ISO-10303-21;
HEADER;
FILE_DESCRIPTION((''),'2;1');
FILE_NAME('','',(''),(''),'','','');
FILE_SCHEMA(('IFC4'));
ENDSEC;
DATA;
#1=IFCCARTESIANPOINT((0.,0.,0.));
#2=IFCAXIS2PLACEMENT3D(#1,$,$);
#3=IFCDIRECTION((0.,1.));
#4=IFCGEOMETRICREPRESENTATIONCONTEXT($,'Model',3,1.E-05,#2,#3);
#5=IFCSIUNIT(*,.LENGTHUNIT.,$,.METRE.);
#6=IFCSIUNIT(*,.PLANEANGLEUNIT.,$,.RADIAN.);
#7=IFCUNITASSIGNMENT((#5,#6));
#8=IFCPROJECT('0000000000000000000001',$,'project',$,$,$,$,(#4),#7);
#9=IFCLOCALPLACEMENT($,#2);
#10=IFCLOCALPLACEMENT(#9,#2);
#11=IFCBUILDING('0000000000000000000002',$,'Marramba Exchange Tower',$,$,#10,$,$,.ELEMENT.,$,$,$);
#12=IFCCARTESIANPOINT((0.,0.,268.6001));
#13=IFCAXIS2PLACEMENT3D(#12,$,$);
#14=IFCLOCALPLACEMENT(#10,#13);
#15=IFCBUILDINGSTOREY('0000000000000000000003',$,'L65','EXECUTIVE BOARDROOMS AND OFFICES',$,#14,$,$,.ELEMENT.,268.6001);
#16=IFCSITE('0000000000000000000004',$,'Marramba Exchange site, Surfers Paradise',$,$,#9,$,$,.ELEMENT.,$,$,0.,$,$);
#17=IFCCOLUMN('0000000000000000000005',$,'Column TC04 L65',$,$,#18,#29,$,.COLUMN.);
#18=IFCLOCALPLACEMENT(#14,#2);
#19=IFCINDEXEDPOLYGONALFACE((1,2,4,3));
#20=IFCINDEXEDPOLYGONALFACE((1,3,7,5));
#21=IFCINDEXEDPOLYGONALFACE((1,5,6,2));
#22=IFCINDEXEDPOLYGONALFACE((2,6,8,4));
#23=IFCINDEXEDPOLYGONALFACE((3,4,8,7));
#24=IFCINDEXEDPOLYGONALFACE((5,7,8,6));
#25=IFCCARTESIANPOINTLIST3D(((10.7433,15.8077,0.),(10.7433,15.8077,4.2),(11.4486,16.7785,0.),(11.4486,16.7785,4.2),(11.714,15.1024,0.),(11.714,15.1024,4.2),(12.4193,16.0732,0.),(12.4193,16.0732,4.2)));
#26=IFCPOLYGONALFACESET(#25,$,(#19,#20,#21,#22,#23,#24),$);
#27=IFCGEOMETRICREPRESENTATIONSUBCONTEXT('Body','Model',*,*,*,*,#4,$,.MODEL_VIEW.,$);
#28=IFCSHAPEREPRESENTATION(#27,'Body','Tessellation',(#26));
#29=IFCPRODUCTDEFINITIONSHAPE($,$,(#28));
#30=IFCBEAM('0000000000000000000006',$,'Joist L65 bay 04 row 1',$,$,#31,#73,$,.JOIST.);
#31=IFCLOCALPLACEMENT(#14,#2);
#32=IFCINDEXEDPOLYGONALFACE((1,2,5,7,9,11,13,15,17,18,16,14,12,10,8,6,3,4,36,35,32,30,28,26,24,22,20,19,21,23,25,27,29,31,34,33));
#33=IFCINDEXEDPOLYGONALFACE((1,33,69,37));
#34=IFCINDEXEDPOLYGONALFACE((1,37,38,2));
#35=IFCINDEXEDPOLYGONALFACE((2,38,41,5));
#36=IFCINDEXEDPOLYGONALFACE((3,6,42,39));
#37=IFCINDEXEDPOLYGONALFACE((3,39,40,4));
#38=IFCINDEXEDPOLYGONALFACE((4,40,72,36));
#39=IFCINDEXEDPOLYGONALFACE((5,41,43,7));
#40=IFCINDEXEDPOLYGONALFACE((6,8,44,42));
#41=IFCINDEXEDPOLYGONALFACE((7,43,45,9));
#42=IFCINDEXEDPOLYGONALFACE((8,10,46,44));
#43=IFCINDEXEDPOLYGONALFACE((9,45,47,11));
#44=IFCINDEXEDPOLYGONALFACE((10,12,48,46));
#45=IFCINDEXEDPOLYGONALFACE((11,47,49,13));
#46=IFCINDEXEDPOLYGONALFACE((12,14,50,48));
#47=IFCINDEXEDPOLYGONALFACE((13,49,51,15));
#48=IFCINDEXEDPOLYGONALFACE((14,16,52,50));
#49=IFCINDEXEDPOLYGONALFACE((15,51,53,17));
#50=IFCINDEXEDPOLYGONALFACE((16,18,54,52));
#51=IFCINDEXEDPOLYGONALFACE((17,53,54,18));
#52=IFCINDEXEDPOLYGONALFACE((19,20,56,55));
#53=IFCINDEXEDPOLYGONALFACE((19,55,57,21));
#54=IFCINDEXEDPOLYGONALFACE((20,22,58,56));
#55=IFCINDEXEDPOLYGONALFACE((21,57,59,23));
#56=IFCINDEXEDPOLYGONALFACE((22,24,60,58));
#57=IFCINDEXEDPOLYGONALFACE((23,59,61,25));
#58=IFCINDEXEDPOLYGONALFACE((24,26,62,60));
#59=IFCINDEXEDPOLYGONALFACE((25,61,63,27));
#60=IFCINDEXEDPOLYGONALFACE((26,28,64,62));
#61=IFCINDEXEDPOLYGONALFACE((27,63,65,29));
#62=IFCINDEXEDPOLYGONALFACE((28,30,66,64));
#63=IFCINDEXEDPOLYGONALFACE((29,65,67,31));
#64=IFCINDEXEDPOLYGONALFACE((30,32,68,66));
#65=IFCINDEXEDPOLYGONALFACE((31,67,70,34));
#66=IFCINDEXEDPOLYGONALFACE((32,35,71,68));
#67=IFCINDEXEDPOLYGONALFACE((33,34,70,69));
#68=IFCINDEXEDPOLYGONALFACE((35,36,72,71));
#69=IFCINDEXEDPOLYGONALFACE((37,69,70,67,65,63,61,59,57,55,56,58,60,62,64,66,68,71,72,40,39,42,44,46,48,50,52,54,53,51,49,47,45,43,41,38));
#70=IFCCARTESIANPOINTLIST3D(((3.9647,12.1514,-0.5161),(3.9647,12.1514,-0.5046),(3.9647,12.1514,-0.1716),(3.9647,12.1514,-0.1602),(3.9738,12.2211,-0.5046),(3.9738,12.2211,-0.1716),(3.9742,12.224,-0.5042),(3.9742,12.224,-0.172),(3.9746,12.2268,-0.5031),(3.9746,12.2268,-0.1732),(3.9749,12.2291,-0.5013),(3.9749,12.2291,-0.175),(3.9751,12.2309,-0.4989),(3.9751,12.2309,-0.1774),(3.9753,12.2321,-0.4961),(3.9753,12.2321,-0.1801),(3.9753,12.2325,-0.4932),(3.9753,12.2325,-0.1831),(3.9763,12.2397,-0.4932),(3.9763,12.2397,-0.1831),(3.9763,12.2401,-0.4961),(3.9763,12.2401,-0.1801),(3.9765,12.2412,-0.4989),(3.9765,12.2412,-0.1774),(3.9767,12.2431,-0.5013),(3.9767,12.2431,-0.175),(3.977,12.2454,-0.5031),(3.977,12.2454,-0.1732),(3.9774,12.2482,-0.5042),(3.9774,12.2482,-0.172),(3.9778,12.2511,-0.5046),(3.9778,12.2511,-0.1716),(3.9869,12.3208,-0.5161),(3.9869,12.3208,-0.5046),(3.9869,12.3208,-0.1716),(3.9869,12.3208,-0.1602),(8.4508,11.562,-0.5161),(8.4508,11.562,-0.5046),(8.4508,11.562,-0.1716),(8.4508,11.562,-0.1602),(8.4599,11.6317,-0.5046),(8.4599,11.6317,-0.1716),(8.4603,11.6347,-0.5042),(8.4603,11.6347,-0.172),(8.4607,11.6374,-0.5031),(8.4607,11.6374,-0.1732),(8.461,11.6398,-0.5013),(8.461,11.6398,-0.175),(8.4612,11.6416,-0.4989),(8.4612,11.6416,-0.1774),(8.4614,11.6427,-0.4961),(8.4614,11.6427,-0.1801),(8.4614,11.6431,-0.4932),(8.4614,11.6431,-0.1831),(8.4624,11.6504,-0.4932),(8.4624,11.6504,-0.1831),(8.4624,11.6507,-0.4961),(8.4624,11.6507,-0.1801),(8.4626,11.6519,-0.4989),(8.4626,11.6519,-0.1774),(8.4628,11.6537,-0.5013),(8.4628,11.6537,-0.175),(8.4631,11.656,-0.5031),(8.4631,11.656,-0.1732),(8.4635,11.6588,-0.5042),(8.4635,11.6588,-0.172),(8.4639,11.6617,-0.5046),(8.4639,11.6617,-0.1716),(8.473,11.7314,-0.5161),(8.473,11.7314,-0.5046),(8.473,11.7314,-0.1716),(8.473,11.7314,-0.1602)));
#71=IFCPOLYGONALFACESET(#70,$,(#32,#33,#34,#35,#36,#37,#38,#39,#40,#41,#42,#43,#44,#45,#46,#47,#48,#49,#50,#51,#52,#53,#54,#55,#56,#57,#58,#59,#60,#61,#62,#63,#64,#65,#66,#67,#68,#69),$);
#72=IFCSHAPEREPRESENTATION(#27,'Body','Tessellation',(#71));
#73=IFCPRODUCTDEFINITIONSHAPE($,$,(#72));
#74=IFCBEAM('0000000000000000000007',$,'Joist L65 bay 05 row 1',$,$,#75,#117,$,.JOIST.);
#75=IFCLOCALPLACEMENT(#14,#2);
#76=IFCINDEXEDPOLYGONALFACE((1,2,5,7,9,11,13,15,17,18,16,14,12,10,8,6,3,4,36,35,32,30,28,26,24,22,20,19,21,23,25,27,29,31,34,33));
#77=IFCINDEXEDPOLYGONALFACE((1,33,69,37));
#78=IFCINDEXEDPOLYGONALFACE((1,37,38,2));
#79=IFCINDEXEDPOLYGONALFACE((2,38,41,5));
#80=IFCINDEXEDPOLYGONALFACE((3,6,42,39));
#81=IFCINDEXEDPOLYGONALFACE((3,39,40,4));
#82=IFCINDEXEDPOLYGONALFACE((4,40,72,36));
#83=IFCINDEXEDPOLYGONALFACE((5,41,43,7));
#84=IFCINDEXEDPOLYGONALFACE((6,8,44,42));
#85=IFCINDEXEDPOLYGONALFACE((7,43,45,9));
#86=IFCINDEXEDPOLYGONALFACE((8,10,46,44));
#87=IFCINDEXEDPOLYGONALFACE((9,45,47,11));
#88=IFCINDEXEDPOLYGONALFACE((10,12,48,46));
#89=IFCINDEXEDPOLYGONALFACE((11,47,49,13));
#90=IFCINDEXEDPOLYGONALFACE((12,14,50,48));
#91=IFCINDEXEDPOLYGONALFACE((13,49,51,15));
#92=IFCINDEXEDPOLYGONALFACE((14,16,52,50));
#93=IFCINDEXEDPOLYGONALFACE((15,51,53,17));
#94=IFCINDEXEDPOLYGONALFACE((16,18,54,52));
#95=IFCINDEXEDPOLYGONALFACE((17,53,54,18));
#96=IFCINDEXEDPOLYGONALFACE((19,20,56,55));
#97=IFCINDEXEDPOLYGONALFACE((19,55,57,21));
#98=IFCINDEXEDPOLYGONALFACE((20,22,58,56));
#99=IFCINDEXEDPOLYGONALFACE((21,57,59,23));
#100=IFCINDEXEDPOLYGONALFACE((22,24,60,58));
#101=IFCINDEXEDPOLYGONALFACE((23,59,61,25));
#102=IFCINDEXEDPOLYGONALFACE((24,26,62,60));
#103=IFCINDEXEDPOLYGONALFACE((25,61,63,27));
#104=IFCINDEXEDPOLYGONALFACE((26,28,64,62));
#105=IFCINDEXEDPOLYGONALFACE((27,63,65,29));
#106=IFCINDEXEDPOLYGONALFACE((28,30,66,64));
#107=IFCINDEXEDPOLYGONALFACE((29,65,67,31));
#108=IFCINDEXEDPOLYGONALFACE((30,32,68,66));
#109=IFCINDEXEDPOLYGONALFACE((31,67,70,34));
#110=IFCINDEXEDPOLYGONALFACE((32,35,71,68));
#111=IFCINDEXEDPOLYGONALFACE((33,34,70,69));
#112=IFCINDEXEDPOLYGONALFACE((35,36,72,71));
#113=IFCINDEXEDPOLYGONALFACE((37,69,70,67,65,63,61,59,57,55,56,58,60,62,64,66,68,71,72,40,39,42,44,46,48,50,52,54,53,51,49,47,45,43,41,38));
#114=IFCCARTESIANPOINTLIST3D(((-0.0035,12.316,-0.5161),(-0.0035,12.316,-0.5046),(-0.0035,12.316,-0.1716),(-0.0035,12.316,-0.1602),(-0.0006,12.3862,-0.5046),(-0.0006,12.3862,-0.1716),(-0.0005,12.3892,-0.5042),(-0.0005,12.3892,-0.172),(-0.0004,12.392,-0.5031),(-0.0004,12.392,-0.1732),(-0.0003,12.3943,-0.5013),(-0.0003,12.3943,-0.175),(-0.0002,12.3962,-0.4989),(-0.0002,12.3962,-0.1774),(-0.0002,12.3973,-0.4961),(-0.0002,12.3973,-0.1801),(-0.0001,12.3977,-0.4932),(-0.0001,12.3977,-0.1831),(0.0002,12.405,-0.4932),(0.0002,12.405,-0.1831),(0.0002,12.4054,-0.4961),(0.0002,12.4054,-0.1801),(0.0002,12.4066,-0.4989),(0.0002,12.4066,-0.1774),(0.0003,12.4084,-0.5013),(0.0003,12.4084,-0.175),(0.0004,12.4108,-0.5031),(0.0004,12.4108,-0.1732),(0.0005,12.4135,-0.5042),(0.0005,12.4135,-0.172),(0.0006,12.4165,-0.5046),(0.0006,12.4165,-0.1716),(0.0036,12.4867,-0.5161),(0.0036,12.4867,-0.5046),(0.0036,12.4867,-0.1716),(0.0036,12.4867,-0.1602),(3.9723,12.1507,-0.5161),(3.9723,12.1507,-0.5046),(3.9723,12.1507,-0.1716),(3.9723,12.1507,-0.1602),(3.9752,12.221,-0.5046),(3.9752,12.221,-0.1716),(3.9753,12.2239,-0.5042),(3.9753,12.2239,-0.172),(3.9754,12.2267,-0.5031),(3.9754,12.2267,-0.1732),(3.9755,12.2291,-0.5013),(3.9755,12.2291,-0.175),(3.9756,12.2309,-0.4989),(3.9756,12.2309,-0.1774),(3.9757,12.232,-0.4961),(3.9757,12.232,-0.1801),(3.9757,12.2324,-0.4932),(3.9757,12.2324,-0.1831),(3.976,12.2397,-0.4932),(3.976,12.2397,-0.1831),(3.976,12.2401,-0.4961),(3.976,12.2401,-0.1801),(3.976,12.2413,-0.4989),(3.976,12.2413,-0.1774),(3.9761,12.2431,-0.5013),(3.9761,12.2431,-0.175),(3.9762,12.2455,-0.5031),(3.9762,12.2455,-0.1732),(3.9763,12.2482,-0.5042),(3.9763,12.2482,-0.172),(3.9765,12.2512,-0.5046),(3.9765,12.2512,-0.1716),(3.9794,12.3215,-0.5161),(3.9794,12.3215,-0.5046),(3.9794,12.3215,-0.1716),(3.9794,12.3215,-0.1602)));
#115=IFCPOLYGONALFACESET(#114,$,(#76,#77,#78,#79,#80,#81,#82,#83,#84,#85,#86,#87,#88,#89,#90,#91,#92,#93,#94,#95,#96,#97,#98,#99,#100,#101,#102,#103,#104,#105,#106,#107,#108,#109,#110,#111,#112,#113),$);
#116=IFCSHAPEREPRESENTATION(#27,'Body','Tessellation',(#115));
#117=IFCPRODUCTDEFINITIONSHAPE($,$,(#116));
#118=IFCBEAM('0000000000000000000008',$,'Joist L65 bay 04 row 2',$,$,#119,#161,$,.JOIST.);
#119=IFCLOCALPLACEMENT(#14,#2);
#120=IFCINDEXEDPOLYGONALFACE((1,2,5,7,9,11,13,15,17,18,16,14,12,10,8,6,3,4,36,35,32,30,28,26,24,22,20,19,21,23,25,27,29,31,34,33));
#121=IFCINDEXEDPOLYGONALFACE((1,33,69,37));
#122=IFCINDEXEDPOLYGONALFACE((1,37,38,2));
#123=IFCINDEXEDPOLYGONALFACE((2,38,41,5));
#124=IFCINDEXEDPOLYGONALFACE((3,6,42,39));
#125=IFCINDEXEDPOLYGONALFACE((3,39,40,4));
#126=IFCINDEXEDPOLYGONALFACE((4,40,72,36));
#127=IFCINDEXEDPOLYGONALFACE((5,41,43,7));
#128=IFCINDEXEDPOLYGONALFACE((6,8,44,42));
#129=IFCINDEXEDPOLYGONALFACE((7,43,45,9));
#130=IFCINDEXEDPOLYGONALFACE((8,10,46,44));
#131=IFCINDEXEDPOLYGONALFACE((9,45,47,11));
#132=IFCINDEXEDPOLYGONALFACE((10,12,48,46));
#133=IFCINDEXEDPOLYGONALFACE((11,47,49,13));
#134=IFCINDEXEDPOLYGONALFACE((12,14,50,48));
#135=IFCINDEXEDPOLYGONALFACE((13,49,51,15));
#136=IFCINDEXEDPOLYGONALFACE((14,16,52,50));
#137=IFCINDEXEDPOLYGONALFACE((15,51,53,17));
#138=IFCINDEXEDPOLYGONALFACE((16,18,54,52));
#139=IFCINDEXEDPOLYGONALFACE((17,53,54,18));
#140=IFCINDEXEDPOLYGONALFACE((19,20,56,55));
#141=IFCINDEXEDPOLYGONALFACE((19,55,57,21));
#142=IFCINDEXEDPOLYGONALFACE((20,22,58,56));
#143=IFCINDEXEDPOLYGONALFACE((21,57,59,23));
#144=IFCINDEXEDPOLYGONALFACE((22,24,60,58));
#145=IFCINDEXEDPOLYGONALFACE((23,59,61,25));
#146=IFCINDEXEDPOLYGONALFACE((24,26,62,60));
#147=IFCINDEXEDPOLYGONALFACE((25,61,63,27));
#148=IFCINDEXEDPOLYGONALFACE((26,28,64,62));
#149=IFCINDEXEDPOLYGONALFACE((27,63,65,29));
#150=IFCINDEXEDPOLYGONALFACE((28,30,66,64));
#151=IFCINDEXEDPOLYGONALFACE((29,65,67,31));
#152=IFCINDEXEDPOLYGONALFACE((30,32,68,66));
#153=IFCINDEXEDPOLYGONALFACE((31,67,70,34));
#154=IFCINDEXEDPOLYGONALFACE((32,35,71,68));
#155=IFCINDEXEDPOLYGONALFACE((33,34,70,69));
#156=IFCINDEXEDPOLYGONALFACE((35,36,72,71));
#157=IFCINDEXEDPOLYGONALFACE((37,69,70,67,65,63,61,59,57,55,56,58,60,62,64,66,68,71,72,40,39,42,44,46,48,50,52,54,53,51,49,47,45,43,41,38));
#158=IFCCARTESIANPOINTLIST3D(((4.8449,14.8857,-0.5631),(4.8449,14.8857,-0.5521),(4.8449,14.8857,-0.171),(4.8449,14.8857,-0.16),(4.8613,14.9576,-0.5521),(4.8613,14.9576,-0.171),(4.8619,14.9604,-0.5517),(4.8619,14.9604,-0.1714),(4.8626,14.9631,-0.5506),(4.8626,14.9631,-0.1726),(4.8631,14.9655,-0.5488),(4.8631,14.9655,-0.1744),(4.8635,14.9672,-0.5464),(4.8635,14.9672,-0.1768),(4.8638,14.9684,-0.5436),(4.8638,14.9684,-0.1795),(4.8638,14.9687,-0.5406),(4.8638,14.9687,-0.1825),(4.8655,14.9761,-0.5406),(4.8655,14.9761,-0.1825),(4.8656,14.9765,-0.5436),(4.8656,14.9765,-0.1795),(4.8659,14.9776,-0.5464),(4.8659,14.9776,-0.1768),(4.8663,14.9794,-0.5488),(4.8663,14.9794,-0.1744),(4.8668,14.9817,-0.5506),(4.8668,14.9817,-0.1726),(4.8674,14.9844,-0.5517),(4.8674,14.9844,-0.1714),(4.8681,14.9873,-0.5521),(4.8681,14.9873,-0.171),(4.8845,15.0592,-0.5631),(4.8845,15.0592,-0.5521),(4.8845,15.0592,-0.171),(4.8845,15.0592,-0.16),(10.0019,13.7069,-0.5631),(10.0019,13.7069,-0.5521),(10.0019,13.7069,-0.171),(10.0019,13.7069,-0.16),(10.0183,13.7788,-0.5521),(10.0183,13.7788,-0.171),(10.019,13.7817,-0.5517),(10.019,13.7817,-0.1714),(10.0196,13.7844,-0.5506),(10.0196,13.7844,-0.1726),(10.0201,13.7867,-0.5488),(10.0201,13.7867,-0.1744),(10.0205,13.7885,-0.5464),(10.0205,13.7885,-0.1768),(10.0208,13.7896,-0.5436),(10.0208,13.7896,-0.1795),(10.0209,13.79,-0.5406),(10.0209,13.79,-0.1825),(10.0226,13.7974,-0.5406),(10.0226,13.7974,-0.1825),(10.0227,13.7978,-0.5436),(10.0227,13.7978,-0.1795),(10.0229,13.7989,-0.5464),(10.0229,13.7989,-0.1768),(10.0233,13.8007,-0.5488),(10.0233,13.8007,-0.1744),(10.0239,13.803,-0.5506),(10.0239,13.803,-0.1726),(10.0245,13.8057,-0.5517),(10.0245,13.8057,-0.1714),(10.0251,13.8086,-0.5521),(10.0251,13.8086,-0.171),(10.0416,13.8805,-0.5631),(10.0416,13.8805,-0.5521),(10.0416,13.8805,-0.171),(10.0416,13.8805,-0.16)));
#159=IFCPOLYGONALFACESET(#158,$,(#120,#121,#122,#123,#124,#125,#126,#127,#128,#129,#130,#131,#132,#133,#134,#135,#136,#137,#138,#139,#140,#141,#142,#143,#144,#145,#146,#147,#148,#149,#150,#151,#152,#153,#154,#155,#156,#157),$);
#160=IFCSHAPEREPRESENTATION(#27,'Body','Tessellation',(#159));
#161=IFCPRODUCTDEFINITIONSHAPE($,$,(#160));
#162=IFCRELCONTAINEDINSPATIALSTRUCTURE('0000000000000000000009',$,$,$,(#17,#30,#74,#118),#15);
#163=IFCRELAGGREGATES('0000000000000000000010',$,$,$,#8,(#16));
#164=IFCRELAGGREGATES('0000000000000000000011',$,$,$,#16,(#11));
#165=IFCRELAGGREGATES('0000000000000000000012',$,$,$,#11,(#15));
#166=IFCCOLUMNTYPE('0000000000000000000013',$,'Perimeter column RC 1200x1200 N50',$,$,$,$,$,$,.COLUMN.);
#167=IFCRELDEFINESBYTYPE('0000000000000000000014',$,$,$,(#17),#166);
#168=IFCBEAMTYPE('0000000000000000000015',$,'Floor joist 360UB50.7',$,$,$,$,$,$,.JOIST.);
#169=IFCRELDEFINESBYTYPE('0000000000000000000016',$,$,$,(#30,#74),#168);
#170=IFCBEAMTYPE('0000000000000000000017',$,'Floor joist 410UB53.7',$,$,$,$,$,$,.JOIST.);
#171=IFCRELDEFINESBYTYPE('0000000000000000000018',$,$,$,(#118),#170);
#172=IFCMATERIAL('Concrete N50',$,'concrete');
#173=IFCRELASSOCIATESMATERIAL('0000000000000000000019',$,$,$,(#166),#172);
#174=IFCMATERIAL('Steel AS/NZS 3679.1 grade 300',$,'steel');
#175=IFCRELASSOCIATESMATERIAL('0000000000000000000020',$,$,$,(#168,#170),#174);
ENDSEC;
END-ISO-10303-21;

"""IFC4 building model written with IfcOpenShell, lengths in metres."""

from ifc_helpers import new_model, si_unit, direction, frame, origin, origin_2d, place, context, subcontext, project, spatial, rectangle, i_section, extrude, material, material_profile, profile_set, type_object, element, save


model = new_model("IFC4")

# Units and contexts
model_context = context("Model", 3, precision=1e-05, world=origin(), true_north=direction((0.0, 1.0)))
body_context = subcontext(model_context, "Body", "Model", "MODEL_VIEW")
ifc_project = project(units=[si_unit("LENGTHUNIT", "METRE"), si_unit("PLANEANGLEUNIT", "RADIAN")], contexts=[model_context])

# Site, building, storey
site_placement = place(None, origin())
site = spatial("IfcSite", under=ifc_project, at=site_placement, Name="Marramba Exchange site, Surfers Paradise", CompositionType="ELEMENT", RefElevation=0.0)
building_placement = place(site_placement, origin())
building = spatial("IfcBuilding", under=site, at=building_placement, Name="Marramba Exchange Tower", CompositionType="ELEMENT")
storey_placement = place(building_placement, frame((0.0, 0.0, 268.6001)))
storey = spatial("IfcBuildingStorey", under=building, at=storey_placement, Name="L65", Description="EXECUTIVE BOARDROOMS AND OFFICES", CompositionType="ELEMENT", Elevation=268.6001)

# Column
ifc_material_1 = material(Name="Concrete N50", Category="concrete")
ifc_material_profile_1 = material_profile(ifc_material_1, rectangle(XDim=1.2, YDim=1.2, at=origin_2d()), Name="RC 1200x1200")
ifc_profile_set_1 = profile_set([ifc_material_profile_1], Name="Concrete N50")
column_type = type_object("IfcColumnType", Name="Perimeter column RC 1200x1200 N50", PredefinedType="COLUMN", material=ifc_profile_set_1)
column_placement = place(storey_placement, frame((11.5813, 15.9404, 0.0), z_axis=(0.0, 0.0, 1.0), x_axis=(0.587785, 0.809017, 0.0)))
element("IfcColumn", 1, at=column_placement, inside=storey, type_object=column_type, Name="Column TC04 L65", PredefinedType="COLUMN", context=body_context, shape_type="SweptSolid", body=[
    extrude(rectangle(XDim=1.2, YDim=1.2, at=origin_2d()), origin(), (0.0, 0.0, 1.0), 4.2),
])

# Beams
ifc_material_2 = material(Name="Steel AS/NZS 3679.1 grade 300", Category="steel")
ifc_material_profile_2 = material_profile(ifc_material_2, i_section(OverallWidth=0.1709, OverallDepth=0.356, WebThickness=0.0073, FlangeThickness=0.0115, FilletRadius=0.0115, at=origin_2d()), Name="360UB50.7")
ifc_profile_set_2 = profile_set([ifc_material_profile_2], Name="Steel AS/NZS 3679.1 grade 300")
beam_type_1 = type_object("IfcBeamType", Name="Floor joist 360UB50.7", PredefinedType="JOIST", material=ifc_profile_set_2)
beam_1_placement = place(storey_placement, frame((8.4619, 11.6467, -0.3381), z_axis=(-0.991481, 0.130255, 0.0), x_axis=(-0.130255, -0.991481, 0.0)))
element("IfcBeam", 2, at=beam_1_placement, inside=storey, type_object=beam_type_1, Name="Joist L65 bay 04 row 1", PredefinedType="JOIST", context=body_context, shape_type="SweptSolid", body=[
    extrude(i_section(OverallWidth=0.1709, OverallDepth=0.356, WebThickness=0.0073, FlangeThickness=0.0115, FilletRadius=0.0115, at=origin_2d()), origin(), (0.0, 0.0, 1.0), 4.5247),
])
beam_2_placement = place(storey_placement, frame((3.9758, 12.2361, -0.3381), z_axis=(-0.999137, 0.041536, 0.0), x_axis=(-0.041536, -0.999137, 0.0)))
element("IfcBeam", 3, at=beam_2_placement, inside=storey, type_object=beam_type_1, Name="Joist L65 bay 05 row 1", PredefinedType="JOIST", context=body_context, shape_type="SweptSolid", body=[
    extrude(i_section(OverallWidth=0.1709, OverallDepth=0.356, WebThickness=0.0073, FlangeThickness=0.0115, FilletRadius=0.0115, at=origin_2d()), origin(), (0.0, 0.0, 1.0), 3.9792),
])
ifc_material_profile_3 = material_profile(ifc_material_2, i_section(OverallWidth=0.178, OverallDepth=0.4031, WebThickness=0.0076, FlangeThickness=0.011, FilletRadius=0.0115, at=origin_2d()), Name="410UB53.7")
ifc_profile_set_3 = profile_set([ifc_material_profile_3], Name="Steel AS/NZS 3679.1 grade 300")
beam_type_2 = type_object("IfcBeamType", Name="Floor joist 410UB53.7", PredefinedType="JOIST", material=ifc_profile_set_3)
beam_3_placement = place(storey_placement, frame((10.0217, 13.7937, -0.3616), z_axis=(-0.97486, 0.22282, 0.0), x_axis=(-0.22282, -0.97486, 0.0)))
element("IfcBeam", 4, at=beam_3_placement, inside=storey, type_object=beam_type_2, Name="Joist L65 bay 04 row 2", PredefinedType="JOIST", context=body_context, shape_type="SweptSolid", body=[
    extrude(i_section(OverallWidth=0.178, OverallDepth=0.4031, WebThickness=0.0076, FlangeThickness=0.011, FilletRadius=0.0115, at=origin_2d()), origin(), (0.0, 0.0, 1.0), 5.29),
])

save(model, "model.ifc")
